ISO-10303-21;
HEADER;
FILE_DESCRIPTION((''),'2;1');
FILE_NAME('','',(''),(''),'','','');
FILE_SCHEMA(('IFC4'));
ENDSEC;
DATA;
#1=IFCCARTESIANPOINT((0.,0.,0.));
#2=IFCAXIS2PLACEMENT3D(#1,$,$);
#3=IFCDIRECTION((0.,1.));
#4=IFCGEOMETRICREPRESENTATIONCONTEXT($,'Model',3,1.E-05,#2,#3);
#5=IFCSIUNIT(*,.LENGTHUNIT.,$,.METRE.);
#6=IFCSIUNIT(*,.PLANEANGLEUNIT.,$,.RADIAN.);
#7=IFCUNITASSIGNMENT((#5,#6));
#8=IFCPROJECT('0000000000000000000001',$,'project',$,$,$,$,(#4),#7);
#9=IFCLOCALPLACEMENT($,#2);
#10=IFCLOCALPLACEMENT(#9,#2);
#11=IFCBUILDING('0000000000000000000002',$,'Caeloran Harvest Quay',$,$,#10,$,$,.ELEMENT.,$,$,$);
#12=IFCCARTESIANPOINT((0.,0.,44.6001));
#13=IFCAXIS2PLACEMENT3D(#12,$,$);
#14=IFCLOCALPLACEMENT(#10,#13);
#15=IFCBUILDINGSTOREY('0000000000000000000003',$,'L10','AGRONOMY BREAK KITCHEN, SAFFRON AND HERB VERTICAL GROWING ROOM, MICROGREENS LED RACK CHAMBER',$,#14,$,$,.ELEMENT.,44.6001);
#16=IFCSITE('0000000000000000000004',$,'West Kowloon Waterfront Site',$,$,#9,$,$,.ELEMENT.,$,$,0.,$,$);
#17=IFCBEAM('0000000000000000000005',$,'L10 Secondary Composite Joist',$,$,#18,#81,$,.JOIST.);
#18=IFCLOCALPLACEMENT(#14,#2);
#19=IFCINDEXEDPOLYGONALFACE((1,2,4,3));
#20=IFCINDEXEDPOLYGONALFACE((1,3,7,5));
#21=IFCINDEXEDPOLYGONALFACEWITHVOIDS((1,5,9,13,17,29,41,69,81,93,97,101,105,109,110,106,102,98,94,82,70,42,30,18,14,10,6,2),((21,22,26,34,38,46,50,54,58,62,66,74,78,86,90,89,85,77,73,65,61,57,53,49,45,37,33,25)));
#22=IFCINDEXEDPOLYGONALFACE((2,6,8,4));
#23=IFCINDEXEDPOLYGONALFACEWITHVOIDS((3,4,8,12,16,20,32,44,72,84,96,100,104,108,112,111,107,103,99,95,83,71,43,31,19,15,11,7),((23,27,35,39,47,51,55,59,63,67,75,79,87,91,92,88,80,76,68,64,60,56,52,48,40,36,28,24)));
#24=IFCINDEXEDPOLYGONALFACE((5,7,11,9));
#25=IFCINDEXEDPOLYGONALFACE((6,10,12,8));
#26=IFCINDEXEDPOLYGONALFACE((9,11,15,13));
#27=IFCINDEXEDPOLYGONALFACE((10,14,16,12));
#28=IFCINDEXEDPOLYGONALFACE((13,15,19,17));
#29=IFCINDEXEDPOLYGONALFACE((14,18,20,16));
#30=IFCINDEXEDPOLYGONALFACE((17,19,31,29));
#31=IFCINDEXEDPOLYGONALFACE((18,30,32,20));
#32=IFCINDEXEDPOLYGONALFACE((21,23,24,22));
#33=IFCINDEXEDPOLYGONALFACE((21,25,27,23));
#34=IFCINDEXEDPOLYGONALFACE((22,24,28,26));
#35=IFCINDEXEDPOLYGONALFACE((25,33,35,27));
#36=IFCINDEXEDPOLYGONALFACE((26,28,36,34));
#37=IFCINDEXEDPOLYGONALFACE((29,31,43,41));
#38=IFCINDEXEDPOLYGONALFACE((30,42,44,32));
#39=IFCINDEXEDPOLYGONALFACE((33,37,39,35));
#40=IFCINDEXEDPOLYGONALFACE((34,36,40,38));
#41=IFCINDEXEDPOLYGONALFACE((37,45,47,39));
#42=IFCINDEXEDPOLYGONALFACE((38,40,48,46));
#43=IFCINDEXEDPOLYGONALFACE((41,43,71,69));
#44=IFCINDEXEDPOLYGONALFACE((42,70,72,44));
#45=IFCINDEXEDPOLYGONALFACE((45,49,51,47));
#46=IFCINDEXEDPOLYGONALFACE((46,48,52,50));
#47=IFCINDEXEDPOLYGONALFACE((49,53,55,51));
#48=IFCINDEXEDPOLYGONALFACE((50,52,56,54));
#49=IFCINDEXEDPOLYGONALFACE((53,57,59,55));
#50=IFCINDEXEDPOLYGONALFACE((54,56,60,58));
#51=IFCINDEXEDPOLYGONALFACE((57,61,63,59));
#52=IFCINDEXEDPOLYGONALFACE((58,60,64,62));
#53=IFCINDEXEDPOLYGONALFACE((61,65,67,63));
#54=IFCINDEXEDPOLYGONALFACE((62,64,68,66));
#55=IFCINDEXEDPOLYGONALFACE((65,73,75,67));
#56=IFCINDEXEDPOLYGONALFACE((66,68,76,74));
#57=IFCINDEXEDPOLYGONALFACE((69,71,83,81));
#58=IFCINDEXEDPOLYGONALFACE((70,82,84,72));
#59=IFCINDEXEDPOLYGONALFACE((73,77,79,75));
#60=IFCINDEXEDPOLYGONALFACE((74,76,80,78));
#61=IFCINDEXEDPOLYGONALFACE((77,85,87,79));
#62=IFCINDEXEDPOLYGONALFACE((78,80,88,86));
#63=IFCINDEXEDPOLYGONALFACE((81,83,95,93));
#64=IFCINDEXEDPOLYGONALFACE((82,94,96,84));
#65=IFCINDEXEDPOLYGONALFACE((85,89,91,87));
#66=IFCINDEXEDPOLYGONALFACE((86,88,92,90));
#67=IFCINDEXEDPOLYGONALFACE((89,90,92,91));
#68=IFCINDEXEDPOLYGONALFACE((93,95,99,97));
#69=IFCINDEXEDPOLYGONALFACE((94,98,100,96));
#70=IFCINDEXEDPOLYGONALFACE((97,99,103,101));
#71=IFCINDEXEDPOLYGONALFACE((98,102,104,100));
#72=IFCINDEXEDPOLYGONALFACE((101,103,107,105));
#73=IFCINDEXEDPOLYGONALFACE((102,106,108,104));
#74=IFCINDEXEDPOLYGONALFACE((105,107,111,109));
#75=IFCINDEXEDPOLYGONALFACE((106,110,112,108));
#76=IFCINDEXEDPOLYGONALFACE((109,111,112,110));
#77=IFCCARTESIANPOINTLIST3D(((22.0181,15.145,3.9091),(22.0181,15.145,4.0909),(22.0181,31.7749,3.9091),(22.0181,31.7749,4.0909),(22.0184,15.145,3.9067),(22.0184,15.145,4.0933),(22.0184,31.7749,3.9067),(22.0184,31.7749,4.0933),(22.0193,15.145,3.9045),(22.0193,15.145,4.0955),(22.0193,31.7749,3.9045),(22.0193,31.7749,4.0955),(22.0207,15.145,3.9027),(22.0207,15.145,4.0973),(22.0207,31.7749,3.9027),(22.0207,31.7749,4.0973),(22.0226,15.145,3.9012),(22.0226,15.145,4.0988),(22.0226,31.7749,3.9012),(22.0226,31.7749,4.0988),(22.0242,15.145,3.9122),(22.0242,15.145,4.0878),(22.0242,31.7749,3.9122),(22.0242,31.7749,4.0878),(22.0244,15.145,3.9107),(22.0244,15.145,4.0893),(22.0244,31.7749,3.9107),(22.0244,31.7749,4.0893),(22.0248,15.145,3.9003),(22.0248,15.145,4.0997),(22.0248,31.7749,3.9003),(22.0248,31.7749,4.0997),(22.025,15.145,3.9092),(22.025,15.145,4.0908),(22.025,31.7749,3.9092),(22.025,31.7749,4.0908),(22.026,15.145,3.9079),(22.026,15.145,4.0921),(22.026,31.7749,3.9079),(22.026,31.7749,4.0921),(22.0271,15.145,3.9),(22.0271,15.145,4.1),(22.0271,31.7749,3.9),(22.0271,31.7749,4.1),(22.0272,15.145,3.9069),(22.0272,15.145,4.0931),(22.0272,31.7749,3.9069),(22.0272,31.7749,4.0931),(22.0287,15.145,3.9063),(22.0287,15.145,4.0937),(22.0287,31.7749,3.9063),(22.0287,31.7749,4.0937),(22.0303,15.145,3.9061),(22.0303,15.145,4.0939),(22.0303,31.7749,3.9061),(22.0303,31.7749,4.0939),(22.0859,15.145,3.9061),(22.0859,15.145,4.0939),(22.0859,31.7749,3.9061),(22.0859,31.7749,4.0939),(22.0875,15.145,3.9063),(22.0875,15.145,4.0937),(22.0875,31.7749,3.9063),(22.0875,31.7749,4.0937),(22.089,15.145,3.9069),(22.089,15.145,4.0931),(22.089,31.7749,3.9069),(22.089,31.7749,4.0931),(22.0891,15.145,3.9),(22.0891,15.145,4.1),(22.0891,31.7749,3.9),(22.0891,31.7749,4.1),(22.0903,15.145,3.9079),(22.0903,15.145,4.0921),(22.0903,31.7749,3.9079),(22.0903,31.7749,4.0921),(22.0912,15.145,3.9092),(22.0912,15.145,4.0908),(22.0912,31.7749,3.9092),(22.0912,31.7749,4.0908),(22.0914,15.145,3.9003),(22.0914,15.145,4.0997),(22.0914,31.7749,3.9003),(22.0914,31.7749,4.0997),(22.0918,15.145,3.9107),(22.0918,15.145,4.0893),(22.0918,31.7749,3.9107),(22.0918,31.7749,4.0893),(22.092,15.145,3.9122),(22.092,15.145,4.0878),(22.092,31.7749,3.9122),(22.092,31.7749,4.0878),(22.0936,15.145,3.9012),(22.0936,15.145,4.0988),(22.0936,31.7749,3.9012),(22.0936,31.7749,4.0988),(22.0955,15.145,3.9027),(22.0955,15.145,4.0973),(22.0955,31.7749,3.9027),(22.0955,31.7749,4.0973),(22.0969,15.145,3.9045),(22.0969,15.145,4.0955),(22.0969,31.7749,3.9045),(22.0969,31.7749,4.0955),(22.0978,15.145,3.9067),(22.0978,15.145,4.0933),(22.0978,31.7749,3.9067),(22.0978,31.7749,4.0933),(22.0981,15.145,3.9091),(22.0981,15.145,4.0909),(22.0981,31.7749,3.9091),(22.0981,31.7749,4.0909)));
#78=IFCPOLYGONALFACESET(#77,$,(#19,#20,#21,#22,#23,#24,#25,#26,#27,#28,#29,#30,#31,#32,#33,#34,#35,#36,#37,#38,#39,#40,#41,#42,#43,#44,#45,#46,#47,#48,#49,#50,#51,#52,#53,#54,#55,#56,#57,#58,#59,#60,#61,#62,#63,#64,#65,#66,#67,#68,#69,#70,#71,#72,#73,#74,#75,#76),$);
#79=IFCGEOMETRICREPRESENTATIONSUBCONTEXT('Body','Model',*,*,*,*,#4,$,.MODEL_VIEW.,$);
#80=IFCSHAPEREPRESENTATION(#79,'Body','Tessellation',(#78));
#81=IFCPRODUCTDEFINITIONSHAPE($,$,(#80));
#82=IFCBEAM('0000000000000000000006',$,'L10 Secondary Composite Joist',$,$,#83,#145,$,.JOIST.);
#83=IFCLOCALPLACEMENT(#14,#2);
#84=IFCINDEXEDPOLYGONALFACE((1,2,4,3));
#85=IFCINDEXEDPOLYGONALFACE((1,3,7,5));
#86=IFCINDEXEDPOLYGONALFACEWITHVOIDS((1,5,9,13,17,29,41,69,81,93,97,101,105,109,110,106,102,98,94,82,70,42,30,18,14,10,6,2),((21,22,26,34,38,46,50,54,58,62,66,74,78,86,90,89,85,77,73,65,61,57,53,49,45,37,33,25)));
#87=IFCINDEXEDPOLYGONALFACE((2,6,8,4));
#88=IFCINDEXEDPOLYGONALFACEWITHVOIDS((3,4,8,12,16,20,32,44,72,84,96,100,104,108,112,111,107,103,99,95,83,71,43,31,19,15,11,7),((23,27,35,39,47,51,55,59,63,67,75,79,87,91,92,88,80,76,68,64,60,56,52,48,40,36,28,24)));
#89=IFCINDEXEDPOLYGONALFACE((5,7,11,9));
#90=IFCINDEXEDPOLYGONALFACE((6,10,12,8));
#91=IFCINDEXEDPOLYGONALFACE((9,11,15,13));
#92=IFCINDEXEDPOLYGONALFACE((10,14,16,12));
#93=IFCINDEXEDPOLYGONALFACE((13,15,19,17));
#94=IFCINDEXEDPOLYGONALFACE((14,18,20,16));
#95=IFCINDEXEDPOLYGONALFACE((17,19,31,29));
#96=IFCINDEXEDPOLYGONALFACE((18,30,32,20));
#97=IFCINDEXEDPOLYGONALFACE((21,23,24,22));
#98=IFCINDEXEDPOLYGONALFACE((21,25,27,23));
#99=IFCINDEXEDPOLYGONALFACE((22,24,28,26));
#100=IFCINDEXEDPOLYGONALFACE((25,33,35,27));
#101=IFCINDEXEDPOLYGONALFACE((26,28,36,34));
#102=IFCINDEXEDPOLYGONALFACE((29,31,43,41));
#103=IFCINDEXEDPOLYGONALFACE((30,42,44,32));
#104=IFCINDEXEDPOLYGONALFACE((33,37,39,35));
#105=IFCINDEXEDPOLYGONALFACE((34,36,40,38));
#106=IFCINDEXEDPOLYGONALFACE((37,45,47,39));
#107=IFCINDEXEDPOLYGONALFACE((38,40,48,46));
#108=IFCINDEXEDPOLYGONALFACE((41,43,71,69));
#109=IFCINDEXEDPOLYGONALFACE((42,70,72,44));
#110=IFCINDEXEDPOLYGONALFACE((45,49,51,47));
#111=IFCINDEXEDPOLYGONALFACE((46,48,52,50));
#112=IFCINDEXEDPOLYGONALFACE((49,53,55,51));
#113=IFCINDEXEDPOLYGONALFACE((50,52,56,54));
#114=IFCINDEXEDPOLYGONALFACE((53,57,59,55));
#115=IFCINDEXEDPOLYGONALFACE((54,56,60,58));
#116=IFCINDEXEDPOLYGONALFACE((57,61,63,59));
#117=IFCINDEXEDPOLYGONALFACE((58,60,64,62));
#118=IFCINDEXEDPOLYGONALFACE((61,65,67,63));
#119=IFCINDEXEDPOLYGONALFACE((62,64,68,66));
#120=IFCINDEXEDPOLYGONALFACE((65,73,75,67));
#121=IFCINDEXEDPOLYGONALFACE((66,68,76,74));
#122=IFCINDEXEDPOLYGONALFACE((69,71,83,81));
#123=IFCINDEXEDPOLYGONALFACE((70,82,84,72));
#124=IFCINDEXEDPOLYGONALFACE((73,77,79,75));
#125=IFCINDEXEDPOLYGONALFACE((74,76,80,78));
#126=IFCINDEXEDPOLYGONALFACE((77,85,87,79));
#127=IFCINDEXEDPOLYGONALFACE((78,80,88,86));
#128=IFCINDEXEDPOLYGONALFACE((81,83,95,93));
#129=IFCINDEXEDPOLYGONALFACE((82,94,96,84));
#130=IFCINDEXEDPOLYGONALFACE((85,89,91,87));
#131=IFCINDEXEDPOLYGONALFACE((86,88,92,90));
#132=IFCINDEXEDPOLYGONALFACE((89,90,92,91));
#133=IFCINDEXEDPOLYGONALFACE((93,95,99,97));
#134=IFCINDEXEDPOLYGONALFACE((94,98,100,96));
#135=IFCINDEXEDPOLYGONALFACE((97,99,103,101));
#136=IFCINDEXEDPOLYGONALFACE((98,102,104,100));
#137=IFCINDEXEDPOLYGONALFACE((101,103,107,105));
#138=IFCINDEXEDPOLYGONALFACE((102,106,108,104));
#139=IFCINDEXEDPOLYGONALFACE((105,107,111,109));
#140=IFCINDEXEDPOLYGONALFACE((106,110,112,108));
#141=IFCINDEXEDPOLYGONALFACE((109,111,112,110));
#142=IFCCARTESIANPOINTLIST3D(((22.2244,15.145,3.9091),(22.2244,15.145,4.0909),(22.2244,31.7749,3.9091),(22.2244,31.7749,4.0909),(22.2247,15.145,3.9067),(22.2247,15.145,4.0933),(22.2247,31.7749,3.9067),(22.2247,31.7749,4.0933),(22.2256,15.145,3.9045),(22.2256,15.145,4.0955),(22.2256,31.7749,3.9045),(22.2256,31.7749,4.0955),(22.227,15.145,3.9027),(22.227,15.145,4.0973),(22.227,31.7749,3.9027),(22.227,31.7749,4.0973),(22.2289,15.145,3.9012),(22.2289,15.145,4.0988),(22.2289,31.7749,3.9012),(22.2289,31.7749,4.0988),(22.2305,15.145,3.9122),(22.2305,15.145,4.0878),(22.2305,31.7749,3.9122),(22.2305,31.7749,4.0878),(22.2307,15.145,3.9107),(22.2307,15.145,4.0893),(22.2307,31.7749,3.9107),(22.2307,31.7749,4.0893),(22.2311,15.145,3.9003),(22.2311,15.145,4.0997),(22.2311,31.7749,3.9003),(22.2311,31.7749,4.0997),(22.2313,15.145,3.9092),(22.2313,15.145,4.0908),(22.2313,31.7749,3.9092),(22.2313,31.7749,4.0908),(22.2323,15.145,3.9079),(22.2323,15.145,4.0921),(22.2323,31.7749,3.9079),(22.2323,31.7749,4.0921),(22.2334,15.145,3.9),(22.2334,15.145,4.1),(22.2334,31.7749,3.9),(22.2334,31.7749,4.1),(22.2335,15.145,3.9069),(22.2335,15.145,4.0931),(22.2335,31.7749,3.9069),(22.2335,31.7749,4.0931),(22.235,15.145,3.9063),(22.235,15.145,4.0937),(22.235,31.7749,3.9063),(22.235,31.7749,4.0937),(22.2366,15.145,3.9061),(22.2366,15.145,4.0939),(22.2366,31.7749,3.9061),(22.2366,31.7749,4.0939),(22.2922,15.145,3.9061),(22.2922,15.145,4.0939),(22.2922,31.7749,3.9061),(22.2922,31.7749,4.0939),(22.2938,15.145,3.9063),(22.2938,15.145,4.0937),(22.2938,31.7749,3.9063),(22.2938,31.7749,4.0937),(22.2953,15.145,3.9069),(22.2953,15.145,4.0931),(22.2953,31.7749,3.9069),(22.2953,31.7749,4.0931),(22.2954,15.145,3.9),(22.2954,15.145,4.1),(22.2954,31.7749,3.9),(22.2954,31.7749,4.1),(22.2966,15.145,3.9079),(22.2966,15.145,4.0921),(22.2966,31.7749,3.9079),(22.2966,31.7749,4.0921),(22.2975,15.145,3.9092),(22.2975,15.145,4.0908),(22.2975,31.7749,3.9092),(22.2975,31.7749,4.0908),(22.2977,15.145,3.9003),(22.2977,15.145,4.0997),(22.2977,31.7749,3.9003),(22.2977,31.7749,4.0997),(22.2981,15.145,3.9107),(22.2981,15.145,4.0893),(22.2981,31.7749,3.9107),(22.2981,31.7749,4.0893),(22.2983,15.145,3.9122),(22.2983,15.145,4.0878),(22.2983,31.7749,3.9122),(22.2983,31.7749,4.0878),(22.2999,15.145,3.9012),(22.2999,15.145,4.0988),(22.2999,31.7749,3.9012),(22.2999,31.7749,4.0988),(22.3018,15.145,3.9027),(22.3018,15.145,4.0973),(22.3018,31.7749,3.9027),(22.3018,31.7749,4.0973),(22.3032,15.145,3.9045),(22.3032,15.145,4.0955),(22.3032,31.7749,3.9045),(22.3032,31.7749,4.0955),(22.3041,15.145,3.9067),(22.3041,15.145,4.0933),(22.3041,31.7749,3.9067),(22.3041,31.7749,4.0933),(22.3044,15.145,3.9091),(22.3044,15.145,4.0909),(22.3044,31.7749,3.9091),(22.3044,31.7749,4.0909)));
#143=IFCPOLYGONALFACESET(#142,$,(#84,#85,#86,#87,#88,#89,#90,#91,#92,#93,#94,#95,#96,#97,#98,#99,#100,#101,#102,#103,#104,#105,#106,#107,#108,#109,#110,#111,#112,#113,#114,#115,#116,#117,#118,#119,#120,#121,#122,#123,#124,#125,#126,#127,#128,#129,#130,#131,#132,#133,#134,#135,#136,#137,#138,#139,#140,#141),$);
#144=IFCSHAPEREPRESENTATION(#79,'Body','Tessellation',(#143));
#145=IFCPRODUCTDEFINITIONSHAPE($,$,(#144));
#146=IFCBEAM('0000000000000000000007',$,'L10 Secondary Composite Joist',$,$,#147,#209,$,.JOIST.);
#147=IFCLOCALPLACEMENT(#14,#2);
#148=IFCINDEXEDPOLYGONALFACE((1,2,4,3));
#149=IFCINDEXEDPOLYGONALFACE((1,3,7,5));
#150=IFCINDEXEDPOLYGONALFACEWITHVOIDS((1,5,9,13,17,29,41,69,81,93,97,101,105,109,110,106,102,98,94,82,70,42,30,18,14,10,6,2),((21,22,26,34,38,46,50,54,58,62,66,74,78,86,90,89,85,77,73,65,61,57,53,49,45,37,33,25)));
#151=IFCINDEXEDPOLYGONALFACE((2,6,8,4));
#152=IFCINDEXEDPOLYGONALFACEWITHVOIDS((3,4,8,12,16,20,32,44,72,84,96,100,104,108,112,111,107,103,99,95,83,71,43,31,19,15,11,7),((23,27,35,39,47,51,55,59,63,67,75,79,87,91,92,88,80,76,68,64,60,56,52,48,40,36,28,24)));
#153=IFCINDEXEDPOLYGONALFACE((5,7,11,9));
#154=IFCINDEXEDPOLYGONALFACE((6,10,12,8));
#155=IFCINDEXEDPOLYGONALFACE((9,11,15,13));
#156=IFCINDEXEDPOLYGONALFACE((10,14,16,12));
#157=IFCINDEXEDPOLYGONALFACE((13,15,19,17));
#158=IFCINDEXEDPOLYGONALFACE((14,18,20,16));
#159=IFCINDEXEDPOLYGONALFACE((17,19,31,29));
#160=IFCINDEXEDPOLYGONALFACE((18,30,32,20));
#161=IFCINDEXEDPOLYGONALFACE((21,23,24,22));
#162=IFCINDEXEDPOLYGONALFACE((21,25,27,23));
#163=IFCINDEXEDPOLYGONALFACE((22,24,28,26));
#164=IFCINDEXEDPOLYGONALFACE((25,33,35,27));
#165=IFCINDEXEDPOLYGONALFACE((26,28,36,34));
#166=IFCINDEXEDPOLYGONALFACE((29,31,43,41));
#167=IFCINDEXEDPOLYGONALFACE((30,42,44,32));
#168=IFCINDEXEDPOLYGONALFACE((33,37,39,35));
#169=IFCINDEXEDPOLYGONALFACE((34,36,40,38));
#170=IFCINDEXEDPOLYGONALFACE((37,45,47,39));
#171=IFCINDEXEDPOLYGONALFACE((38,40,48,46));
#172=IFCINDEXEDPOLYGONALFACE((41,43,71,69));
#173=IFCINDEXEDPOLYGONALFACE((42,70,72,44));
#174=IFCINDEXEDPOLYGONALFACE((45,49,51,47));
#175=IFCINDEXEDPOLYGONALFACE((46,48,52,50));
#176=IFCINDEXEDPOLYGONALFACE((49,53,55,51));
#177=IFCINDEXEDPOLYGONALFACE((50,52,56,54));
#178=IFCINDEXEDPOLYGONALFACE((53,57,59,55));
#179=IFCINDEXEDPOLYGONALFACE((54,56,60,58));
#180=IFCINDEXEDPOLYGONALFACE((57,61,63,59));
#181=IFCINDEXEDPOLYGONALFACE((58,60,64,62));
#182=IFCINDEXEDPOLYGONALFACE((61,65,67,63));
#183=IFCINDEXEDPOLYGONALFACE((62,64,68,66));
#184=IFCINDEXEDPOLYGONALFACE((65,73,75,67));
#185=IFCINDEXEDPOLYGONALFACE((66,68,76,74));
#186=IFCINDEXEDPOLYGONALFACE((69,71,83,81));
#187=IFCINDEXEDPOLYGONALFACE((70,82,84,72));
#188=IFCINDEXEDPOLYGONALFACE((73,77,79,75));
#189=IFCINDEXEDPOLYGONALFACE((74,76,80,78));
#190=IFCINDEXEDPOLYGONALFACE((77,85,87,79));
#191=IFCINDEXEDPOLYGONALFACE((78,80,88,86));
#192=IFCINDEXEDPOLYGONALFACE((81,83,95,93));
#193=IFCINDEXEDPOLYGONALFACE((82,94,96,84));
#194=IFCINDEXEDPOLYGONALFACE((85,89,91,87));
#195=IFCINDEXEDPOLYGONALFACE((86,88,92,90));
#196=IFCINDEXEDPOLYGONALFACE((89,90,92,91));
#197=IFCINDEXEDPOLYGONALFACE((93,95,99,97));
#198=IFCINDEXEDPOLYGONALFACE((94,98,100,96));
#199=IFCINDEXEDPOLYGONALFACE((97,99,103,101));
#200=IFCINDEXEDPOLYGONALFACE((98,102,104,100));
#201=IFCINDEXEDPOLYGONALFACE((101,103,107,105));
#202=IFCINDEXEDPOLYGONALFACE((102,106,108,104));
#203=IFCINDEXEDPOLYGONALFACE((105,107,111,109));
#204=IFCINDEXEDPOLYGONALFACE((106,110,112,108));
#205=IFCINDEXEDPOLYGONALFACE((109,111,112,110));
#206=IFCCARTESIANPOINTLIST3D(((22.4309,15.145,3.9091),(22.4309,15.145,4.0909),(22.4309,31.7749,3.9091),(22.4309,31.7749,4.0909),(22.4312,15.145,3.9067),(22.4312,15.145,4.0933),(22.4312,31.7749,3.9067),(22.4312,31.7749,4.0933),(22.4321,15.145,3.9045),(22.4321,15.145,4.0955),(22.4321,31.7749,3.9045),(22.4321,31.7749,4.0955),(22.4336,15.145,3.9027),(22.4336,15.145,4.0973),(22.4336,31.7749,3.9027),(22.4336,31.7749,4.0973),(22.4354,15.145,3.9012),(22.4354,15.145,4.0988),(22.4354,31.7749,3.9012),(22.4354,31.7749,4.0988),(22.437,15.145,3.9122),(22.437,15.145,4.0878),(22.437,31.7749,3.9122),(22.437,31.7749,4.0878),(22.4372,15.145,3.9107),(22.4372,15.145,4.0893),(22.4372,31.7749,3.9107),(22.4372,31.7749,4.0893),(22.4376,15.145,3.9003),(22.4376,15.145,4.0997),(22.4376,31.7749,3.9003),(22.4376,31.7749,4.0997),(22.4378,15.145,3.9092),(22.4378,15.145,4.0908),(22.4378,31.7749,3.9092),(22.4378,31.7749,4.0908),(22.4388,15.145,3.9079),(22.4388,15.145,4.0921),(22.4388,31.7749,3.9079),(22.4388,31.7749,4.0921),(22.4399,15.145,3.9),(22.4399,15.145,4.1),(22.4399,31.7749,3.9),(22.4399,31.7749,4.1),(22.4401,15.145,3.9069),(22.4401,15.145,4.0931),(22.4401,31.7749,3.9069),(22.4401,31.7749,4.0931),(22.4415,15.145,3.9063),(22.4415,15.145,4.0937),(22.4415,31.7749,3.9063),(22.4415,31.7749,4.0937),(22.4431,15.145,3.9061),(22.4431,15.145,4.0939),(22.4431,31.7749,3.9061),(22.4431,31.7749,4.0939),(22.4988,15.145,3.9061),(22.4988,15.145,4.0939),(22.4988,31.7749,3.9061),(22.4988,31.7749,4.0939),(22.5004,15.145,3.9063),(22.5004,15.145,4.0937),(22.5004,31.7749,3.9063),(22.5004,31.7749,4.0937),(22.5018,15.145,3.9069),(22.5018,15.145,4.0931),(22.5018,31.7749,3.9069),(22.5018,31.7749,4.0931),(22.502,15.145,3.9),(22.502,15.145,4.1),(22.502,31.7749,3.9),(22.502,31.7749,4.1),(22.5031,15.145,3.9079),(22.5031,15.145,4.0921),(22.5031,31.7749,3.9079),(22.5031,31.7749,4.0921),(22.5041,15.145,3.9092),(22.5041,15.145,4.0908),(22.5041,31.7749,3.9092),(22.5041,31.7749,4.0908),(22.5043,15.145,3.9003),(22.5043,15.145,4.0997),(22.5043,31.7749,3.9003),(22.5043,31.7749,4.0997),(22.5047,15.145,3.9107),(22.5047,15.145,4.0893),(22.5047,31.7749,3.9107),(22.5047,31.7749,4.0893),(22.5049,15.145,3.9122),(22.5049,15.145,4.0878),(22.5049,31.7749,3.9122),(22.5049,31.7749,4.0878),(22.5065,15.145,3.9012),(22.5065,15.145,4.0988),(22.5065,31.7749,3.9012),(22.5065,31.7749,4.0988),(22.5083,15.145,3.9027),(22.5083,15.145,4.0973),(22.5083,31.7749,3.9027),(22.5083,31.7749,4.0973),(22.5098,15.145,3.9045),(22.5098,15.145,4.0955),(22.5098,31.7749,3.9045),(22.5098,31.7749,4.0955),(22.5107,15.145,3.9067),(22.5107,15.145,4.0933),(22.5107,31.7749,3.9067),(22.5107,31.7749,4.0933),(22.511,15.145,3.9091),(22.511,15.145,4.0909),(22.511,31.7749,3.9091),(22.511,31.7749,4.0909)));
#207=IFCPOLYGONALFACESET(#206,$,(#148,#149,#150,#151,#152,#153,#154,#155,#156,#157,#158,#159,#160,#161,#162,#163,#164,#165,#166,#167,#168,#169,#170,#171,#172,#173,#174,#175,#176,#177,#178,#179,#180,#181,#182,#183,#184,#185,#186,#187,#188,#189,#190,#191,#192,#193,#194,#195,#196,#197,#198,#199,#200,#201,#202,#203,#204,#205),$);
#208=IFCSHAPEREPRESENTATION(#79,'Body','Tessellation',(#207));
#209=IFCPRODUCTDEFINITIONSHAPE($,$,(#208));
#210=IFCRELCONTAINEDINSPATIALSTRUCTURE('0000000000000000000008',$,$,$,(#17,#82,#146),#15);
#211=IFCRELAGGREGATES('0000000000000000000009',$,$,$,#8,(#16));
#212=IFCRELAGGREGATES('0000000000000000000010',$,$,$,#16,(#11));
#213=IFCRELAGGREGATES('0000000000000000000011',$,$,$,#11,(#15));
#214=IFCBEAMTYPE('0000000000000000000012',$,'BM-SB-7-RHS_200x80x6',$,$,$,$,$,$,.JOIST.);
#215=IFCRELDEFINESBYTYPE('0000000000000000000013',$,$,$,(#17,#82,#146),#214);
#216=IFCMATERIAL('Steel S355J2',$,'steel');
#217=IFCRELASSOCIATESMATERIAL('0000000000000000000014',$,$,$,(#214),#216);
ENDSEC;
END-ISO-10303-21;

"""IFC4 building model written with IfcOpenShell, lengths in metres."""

from ifc_helpers import new_model, si_unit, direction, frame, origin, origin_2d, place, context, subcontext, project, spatial, hollow_rectangle, extrude, material, material_profile, profile_set, type_object, element, save


model = new_model("IFC4")

# Units and contexts
model_context = context("Model", 3, precision=1e-05, world=origin(), true_north=direction((0.0, 1.0)))
body_context = subcontext(model_context, "Body", "Model", "MODEL_VIEW")
ifc_project = project(units=[si_unit("LENGTHUNIT", "METRE"), si_unit("PLANEANGLEUNIT", "RADIAN")], contexts=[model_context])

# Site, building, storey
site_placement = place(None, origin())
site = spatial("IfcSite", under=ifc_project, at=site_placement, Name="West Kowloon Waterfront Site", CompositionType="ELEMENT", RefElevation=0.0)
building_placement = place(site_placement, origin())
building = spatial("IfcBuilding", under=site, at=building_placement, Name="Caeloran Harvest Quay", CompositionType="ELEMENT")
storey_placement = place(building_placement, frame((0.0, 0.0, 44.6001)))
storey = spatial("IfcBuildingStorey", under=building, at=storey_placement, Name="L10", Description="AGRONOMY BREAK KITCHEN, SAFFRON AND HERB VERTICAL GROWING ROOM, MICROGREENS LED RACK CHAMBER", CompositionType="ELEMENT", Elevation=44.6001)

# Beams
ifc_material_1 = material(Name="Steel S355J2", Category="steel")
ifc_material_profile_1 = material_profile(ifc_material_1, hollow_rectangle(XDim=0.0801, YDim=0.2, WallThickness=0.0061, InnerFilletRadius=0.0061, OuterFilletRadius=0.009, at=origin_2d()), Name="RHS 200x80x6")
ifc_profile_set_1 = profile_set([ifc_material_profile_1], Name="Steel S355J2")
beam_type_1 = type_object("IfcBeamType", Name="BM-SB-7-RHS_200x80x6", PredefinedType="JOIST", material=ifc_profile_set_1)
for number, where, z_axis, x_axis, name in (
    (1, (22.0581, 15.145, 4.0), (0.0, 1.0, 0.0), (-1.0, 0.0, 0.0), "L10 Secondary Composite Joist"),
    (2, (22.2644, 15.145, 4.0), (0.0, 1.0, 0.0), (-1.0, 0.0, 0.0), "L10 Secondary Composite Joist"),
    (3, (22.4709, 15.145, 4.0), (0.0, 1.0, 0.0), (-1.0, 0.0, 0.0), "L10 Secondary Composite Joist"),
):
    element("IfcBeam", number, at=place(storey_placement, frame(where, z_axis=z_axis, x_axis=x_axis)), inside=storey, type_object=beam_type_1, Name=name, PredefinedType="JOIST", context=body_context, shape_type="SweptSolid", body=[
        extrude(hollow_rectangle(XDim=0.0801, YDim=0.2, WallThickness=0.0061, InnerFilletRadius=0.0061, OuterFilletRadius=0.009, at=origin_2d()), origin(), (0.0, 0.0, 1.0), 16.6299),
    ])

save(model, "model.ifc")
